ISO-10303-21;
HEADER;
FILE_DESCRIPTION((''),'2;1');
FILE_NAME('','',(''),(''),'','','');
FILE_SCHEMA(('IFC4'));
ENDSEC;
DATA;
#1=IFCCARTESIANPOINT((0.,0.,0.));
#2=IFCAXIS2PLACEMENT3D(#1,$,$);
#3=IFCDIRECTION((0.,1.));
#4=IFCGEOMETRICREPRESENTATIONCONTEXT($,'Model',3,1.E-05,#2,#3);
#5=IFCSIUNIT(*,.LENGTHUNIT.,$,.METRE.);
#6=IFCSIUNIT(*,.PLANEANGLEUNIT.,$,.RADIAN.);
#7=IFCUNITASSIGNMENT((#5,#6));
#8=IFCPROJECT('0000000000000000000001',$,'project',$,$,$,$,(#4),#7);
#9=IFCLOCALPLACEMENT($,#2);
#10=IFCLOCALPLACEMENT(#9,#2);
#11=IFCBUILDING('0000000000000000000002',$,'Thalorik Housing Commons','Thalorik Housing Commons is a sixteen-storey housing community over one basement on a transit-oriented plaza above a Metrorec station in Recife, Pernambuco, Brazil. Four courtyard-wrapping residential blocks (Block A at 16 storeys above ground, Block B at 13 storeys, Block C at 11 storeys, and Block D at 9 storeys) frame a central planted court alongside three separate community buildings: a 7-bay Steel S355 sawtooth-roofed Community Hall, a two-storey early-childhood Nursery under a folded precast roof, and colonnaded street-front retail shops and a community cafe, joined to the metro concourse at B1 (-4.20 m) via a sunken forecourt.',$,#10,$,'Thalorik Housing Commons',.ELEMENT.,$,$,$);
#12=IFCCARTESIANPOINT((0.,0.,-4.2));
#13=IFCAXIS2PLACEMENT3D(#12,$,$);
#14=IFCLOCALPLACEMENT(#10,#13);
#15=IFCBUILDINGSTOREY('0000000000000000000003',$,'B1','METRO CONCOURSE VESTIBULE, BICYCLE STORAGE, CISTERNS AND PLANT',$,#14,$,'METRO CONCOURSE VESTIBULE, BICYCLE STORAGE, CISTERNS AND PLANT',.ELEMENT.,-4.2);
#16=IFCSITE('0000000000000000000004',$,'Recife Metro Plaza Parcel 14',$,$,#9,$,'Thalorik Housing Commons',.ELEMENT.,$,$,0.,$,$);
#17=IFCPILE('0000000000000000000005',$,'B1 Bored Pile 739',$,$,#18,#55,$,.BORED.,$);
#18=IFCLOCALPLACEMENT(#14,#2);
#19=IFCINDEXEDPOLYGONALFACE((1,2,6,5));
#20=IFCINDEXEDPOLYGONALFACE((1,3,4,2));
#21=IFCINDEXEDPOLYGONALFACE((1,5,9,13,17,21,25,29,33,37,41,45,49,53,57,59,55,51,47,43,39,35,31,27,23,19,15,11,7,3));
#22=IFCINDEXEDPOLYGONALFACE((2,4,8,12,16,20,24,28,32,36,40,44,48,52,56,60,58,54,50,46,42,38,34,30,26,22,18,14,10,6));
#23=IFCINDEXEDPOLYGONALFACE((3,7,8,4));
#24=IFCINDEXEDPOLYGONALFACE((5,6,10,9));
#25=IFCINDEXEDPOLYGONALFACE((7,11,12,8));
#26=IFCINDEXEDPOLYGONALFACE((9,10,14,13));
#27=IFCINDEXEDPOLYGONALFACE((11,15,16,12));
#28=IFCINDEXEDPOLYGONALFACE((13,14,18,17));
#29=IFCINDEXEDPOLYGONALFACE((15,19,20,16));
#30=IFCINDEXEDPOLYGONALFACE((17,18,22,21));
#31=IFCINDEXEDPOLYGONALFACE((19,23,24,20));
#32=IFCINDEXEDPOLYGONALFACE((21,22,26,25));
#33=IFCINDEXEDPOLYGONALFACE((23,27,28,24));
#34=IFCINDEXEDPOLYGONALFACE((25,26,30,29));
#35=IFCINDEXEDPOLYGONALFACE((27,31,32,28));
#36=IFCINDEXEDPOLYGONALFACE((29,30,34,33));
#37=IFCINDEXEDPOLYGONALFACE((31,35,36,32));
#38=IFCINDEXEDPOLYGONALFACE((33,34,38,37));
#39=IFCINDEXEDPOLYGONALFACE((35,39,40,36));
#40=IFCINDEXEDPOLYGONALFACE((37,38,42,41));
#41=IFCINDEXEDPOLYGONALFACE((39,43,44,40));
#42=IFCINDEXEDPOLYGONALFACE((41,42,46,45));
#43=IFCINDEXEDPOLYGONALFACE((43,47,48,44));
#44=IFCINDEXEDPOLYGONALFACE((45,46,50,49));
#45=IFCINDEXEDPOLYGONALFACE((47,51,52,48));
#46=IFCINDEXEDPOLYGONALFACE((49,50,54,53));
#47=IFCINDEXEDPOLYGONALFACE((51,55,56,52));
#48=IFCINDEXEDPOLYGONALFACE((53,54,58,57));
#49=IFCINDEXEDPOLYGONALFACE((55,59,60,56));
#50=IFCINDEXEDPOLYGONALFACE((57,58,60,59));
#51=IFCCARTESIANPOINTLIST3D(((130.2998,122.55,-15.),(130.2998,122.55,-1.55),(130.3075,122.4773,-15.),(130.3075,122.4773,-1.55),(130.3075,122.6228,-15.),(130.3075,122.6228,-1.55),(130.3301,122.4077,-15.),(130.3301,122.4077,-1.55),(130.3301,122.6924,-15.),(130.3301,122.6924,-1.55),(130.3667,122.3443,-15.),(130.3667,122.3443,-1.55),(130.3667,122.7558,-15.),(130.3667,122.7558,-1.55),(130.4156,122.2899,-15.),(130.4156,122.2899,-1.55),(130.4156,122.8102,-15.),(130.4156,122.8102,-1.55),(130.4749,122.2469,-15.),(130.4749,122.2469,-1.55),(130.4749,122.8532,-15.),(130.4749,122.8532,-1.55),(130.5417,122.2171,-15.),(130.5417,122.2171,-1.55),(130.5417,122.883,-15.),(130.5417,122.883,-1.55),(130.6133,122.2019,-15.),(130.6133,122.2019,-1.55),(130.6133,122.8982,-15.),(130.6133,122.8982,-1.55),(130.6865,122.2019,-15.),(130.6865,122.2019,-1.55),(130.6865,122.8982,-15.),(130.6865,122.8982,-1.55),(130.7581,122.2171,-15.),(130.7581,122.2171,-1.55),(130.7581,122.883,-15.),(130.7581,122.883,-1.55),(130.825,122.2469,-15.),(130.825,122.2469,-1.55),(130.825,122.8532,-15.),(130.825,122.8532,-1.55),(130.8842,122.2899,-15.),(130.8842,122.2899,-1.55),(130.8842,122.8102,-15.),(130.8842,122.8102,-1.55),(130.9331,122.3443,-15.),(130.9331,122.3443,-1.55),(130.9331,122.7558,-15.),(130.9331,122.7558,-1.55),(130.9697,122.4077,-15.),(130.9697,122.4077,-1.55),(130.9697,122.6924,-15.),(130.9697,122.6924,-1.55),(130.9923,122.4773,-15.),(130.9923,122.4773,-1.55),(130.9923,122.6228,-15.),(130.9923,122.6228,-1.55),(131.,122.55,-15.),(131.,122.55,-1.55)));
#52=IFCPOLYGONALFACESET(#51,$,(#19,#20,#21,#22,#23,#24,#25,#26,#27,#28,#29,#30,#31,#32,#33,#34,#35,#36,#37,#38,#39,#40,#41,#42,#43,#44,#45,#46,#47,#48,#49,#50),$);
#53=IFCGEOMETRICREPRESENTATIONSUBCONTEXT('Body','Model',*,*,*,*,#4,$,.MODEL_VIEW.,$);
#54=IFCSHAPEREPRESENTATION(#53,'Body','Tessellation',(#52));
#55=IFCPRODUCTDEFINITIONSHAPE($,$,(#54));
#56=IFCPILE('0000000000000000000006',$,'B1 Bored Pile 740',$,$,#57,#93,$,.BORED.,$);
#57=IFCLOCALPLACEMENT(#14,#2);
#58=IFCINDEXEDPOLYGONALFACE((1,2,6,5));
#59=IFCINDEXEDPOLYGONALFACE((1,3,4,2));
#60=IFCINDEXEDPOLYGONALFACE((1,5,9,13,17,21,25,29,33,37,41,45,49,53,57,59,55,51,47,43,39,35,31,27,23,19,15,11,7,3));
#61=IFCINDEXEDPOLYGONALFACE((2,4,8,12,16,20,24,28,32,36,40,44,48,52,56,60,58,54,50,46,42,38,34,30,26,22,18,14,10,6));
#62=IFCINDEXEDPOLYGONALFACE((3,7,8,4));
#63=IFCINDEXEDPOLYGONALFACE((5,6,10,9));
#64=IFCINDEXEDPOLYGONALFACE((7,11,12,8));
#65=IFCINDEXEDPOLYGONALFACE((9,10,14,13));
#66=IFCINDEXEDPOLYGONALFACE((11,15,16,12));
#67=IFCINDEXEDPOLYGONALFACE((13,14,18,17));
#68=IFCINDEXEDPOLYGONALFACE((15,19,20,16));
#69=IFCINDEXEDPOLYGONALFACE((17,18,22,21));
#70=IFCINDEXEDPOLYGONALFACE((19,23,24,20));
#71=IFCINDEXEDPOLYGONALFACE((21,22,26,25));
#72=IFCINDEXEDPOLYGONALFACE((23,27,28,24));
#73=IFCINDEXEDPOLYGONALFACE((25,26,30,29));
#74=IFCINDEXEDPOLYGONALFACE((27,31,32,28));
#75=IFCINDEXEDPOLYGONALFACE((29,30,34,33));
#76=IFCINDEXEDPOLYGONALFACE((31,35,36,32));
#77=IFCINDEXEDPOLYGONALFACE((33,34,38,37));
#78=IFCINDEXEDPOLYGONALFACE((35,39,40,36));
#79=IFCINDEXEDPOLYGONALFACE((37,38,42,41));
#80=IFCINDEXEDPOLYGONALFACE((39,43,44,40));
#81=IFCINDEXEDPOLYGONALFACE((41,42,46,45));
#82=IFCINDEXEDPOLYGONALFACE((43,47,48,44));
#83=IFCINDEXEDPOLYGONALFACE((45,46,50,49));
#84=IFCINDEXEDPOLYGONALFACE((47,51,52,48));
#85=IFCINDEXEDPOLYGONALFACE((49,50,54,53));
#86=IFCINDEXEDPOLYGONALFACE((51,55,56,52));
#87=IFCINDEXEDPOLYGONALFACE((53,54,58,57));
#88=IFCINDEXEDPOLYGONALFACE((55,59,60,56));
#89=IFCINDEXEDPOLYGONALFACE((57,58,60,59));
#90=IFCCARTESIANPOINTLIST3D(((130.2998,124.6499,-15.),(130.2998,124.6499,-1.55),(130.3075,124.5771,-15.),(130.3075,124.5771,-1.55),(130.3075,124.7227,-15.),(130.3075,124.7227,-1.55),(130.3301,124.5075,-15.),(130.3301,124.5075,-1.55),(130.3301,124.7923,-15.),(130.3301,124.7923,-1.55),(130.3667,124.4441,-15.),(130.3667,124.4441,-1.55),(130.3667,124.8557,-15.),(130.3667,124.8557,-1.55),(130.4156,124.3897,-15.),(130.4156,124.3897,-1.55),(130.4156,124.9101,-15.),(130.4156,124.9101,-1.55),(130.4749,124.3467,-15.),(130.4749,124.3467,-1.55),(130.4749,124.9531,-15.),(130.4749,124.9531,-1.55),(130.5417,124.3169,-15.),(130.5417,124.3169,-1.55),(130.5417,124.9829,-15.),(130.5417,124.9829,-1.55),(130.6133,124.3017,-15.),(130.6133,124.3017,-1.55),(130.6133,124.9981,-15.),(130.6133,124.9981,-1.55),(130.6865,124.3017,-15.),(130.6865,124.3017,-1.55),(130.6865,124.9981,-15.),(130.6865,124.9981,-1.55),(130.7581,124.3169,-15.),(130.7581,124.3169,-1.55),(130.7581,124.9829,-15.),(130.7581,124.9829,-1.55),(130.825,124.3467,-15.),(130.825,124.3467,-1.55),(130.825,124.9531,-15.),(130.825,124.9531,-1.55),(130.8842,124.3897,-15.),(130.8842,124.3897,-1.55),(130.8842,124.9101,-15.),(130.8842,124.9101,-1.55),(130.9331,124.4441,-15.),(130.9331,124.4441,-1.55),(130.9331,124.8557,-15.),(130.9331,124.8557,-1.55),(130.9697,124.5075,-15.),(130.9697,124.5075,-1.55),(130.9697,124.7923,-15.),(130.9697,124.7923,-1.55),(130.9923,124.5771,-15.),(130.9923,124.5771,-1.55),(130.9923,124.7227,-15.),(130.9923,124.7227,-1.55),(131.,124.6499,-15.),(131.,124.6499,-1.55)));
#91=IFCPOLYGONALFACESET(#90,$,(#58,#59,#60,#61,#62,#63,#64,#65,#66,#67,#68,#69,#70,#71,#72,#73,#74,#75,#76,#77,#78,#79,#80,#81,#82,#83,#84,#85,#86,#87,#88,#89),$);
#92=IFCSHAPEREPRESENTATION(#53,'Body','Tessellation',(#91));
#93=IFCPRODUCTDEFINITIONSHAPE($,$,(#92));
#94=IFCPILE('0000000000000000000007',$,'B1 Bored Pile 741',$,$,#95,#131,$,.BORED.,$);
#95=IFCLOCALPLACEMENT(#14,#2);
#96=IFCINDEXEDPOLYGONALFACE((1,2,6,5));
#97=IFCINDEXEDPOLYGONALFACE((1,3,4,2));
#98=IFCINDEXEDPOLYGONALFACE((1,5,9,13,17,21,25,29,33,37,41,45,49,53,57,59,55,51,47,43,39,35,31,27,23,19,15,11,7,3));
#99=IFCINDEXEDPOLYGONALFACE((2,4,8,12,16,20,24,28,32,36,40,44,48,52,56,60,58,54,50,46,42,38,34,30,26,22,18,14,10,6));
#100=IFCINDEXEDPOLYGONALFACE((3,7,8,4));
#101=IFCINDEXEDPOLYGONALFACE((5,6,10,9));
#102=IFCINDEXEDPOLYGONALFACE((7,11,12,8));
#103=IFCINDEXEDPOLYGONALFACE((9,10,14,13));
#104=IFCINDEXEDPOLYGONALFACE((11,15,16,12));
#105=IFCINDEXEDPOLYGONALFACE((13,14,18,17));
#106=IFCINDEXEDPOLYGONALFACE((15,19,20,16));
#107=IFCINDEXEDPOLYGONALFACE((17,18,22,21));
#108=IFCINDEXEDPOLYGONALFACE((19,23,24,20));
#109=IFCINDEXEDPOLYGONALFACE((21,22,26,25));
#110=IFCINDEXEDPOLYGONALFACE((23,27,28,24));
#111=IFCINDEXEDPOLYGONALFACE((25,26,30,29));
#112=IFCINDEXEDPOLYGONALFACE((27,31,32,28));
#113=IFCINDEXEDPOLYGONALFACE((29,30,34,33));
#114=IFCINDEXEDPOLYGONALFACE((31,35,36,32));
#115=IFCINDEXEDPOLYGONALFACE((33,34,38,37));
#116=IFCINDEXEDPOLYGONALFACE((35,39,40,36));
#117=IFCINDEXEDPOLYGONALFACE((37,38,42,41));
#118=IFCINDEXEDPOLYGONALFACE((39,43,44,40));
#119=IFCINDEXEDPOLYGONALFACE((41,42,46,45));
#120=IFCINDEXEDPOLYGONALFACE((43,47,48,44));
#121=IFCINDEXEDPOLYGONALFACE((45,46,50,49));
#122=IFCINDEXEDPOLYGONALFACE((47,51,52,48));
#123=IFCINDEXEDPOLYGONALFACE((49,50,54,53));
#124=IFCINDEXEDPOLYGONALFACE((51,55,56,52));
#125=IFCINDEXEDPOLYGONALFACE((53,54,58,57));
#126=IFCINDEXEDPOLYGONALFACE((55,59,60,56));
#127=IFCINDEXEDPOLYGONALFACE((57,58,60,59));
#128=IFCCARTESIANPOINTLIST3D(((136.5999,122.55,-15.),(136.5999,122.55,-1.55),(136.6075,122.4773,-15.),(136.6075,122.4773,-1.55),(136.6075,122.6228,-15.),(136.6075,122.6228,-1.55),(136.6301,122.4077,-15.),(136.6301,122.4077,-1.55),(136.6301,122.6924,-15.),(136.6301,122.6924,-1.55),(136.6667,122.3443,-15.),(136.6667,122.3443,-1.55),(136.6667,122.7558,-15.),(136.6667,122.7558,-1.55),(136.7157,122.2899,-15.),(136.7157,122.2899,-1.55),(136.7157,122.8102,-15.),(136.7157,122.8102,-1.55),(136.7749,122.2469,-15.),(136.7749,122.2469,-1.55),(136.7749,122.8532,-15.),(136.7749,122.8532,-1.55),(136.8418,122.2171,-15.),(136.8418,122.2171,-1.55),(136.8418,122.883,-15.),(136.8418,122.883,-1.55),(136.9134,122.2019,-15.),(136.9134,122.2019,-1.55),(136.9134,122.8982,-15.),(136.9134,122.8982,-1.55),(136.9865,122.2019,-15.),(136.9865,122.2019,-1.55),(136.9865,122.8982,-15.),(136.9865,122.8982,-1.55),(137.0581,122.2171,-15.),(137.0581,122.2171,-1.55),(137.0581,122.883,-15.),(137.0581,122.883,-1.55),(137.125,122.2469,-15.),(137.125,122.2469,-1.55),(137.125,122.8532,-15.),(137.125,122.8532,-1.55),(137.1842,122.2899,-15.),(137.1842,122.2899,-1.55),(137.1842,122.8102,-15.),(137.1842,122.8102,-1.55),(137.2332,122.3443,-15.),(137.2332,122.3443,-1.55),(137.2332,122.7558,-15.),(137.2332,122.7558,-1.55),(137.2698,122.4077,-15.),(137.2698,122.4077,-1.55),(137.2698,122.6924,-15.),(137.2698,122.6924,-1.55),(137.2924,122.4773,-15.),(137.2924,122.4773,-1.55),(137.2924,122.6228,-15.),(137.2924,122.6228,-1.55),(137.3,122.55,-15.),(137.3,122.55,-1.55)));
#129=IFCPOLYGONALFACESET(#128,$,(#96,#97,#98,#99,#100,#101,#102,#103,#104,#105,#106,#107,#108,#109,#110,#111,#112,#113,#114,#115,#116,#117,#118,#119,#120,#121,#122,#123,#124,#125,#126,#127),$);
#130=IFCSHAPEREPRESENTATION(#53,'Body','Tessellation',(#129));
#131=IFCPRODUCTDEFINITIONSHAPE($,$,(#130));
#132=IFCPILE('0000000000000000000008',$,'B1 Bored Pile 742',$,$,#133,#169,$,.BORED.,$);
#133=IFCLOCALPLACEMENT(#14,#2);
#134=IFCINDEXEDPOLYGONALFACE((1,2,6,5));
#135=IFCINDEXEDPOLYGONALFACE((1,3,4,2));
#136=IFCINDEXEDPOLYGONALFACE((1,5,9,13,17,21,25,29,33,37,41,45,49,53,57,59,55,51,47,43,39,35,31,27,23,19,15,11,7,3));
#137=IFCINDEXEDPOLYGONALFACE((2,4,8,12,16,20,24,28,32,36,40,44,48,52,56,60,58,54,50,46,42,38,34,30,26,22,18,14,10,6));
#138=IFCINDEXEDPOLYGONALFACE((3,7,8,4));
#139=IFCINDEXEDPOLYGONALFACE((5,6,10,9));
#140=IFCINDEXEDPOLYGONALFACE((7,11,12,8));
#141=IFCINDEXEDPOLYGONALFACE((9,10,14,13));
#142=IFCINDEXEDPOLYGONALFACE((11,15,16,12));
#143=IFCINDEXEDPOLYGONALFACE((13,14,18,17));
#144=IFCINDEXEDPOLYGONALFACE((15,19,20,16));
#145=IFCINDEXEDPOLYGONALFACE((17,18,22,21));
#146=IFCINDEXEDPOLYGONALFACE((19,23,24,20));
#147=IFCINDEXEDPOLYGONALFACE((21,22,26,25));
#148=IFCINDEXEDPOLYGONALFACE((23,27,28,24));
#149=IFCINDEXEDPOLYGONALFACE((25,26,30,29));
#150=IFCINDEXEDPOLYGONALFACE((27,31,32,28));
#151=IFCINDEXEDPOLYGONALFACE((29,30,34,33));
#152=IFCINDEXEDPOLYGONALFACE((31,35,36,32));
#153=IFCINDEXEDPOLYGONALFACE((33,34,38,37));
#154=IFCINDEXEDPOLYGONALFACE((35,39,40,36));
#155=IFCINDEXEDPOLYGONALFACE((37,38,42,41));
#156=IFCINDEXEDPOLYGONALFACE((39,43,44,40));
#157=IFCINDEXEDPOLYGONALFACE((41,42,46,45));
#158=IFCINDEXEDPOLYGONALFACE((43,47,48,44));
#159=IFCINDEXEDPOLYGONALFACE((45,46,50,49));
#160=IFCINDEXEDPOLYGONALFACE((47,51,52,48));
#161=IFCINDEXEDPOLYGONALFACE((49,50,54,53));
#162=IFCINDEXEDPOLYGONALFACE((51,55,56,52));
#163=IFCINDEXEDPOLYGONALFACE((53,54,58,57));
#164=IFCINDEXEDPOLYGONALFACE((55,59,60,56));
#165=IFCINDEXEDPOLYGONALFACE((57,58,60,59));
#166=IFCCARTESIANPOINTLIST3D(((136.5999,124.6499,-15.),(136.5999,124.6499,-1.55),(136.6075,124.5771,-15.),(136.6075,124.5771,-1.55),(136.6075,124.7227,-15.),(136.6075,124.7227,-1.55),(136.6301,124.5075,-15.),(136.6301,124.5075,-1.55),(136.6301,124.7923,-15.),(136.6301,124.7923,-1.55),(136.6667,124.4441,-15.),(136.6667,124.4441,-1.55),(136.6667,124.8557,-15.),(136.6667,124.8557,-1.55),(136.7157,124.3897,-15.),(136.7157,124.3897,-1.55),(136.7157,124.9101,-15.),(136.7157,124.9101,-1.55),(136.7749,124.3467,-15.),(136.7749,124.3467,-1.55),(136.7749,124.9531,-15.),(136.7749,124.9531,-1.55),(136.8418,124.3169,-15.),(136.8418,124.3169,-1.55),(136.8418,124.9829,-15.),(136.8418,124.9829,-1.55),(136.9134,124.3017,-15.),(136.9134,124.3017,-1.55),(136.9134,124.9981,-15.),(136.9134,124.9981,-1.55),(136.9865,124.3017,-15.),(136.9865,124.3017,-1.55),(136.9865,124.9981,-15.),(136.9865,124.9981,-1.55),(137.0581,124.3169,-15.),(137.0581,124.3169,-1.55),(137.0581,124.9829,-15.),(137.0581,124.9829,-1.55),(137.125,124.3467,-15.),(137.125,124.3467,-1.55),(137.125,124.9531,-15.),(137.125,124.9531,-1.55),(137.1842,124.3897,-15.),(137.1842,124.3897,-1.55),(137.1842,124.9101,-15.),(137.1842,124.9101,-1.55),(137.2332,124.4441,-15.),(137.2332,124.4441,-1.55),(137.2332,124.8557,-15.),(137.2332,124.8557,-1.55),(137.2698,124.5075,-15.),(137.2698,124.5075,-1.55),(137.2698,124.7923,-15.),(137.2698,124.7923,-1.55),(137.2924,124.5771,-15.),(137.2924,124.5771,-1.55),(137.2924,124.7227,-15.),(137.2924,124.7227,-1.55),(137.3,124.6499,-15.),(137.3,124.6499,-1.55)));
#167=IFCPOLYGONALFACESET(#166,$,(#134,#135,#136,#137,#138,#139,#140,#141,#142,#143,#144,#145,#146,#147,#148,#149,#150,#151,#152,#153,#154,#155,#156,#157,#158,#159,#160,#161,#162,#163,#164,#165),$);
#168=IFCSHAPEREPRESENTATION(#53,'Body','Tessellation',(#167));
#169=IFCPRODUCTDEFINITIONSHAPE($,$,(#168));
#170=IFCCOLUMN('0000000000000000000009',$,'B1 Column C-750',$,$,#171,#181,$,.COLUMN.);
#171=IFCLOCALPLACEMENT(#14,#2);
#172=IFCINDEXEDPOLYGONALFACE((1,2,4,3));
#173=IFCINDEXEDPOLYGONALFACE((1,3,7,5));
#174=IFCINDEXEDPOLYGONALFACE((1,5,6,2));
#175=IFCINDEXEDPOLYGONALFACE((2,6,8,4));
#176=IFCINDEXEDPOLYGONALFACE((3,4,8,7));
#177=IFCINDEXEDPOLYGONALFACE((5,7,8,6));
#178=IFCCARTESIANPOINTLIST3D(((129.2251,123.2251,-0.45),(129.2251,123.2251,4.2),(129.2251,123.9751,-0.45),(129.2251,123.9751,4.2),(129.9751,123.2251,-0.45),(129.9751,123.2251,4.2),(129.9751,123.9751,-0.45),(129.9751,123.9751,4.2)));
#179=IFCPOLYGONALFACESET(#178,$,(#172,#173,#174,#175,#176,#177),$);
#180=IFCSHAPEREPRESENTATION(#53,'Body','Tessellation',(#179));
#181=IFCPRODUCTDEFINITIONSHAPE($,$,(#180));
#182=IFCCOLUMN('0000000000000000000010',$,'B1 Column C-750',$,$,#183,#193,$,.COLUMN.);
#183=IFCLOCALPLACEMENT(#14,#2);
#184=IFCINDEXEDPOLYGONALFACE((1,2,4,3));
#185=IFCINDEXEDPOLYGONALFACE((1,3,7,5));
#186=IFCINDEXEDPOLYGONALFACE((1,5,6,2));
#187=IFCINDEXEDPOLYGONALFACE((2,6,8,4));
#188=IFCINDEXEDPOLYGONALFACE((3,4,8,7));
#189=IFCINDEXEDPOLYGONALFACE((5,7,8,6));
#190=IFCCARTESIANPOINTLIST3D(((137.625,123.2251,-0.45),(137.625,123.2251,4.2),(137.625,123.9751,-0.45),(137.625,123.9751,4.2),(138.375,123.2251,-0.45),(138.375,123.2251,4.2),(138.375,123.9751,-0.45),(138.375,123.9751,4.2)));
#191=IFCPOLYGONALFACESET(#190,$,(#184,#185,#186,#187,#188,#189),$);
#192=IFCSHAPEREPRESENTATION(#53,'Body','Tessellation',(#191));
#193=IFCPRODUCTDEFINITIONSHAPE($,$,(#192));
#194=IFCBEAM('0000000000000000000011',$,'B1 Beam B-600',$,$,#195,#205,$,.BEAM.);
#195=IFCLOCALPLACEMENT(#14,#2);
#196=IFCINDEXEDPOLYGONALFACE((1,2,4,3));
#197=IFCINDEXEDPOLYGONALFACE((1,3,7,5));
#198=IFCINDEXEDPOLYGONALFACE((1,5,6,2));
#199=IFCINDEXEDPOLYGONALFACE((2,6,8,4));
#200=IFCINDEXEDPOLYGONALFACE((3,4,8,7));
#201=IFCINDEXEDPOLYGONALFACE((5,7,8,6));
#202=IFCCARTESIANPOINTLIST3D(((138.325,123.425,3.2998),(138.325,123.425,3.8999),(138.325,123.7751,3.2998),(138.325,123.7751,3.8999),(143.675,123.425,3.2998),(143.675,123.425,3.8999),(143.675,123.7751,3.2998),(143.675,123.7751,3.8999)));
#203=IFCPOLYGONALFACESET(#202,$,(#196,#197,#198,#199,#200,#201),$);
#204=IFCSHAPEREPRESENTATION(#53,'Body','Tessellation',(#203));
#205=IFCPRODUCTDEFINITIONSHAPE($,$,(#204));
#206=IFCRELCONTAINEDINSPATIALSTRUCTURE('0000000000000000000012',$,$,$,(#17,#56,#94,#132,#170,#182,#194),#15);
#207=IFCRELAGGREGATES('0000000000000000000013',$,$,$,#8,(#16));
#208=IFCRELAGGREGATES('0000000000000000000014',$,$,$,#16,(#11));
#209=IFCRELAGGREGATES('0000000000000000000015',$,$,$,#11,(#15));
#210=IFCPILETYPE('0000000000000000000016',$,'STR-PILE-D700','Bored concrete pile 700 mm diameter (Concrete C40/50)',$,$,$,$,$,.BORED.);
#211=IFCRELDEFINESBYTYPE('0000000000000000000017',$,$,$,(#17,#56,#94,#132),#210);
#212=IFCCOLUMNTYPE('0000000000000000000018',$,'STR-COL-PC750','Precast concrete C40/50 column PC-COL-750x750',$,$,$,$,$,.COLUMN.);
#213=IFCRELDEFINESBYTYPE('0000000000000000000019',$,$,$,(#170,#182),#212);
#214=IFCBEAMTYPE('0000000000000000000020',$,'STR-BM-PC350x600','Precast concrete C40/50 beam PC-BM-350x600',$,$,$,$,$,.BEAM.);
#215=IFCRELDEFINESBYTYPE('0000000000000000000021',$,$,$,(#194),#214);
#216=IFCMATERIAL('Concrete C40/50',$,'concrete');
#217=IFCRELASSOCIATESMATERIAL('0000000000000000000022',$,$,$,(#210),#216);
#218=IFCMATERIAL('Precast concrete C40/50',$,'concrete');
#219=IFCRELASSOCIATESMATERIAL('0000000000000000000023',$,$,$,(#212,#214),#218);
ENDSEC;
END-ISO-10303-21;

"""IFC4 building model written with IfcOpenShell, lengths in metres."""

from ifc_helpers import new_model, si_unit, direction, frame, origin, origin_2d, place, context, subcontext, project, spatial, rectangle, circle, extrude, material, material_profile, profile_set, type_object, element, save


model = new_model("IFC4")

# Units and contexts
model_context = context("Model", 3, precision=1e-05, world=origin(), true_north=direction((0.0, 1.0)))
body_context = subcontext(model_context, "Body", "Model", "MODEL_VIEW")
ifc_project = project(units=[si_unit("LENGTHUNIT", "METRE"), si_unit("PLANEANGLEUNIT", "RADIAN")], contexts=[model_context])

# Site, building, storey
site_placement = place(None, origin())
site = spatial("IfcSite", under=ifc_project, at=site_placement, Name="Recife Metro Plaza Parcel 14", LongName="Thalorik Housing Commons", CompositionType="ELEMENT", RefElevation=0.0)
building_placement = place(site_placement, origin())
building = spatial("IfcBuilding", under=site, at=building_placement, Name="Thalorik Housing Commons", Description="Thalorik Housing Commons is a sixteen-storey housing community over one basement on a transit-oriented plaza above a Metrorec station in Recife, Pernambuco, Brazil. Four courtyard-wrapping residential blocks (Block A at 16 storeys above ground, Block B at 13 storeys, Block C at 11 storeys, and Block D at 9 storeys) frame a central planted court alongside three separate community buildings: a 7-bay Steel S355 sawtooth-roofed Community Hall, a two-storey early-childhood Nursery under a folded precast roof, and colonnaded street-front retail shops and a community cafe, joined to the metro concourse at B1 (-4.20 m) via a sunken forecourt.", LongName="Thalorik Housing Commons", CompositionType="ELEMENT")
storey_placement = place(building_placement, frame((0.0, 0.0, -4.2)))
storey = spatial("IfcBuildingStorey", under=building, at=storey_placement, Name="B1", Description="METRO CONCOURSE VESTIBULE, BICYCLE STORAGE, CISTERNS AND PLANT", LongName="METRO CONCOURSE VESTIBULE, BICYCLE STORAGE, CISTERNS AND PLANT", CompositionType="ELEMENT", Elevation=-4.2)

# Shared definitions
ifc_material_1 = material(Name="Concrete C40/50", Category="concrete")

# Piles
ifc_material_profile_1 = material_profile(ifc_material_1, circle(Radius=0.3501, at=origin_2d()), Name="BORED PILE D700", Category="concrete")
ifc_profile_set_1 = profile_set([ifc_material_profile_1], Name="Concrete C40/50")
pile_type = type_object("IfcPileType", Name="STR-PILE-D700", Description="Bored concrete pile 700 mm diameter (Concrete C40/50)", PredefinedType="BORED", material=ifc_profile_set_1)
for number, where, z_axis, x_axis, name in (
    (1, (130.6499, 122.55, -1.55), (0.0, 0.0, -1.0), (1.0, 0.0, 0.0), "B1 Bored Pile 739"),
    (2, (130.6499, 124.6499, -1.55), (0.0, 0.0, -1.0), (1.0, 0.0, 0.0), "B1 Bored Pile 740"),
    (3, (136.95, 122.55, -1.55), (0.0, 0.0, -1.0), (1.0, 0.0, 0.0), "B1 Bored Pile 741"),
    (4, (136.95, 124.6499, -1.55), (0.0, 0.0, -1.0), (1.0, 0.0, 0.0), "B1 Bored Pile 742"),
):
    element("IfcPile", number, at=place(storey_placement, frame(where, z_axis=z_axis, x_axis=x_axis)), inside=storey, type_object=pile_type, Name=name, PredefinedType="BORED", context=body_context, shape_type="SweptSolid", body=[
        extrude(circle(Radius=0.3501, at=origin_2d()), origin(), (0.0, 0.0, 1.0), 13.45),
    ])

# Columns
ifc_material_2 = material(Name="Precast concrete C40/50", Category="concrete")
ifc_material_profile_2 = material_profile(ifc_material_2, rectangle(XDim=0.75, YDim=0.75, at=origin_2d()), Name="PC 750x750", Category="concrete")
ifc_profile_set_2 = profile_set([ifc_material_profile_2], Name="Precast concrete C40/50")
column_type = type_object("IfcColumnType", Name="STR-COL-PC750", Description="Precast concrete C40/50 column PC-COL-750x750", PredefinedType="COLUMN", material=ifc_profile_set_2)
for number, where, z_axis, x_axis, name in (
    (5, (129.6001, 123.6001, -0.45), (0.0, 0.0, 1.0), (1.0, 0.0, 0.0), "B1 Column C-750"),
    (6, (138.0, 123.6001, -0.45), (0.0, 0.0, 1.0), (1.0, 0.0, 0.0), "B1 Column C-750"),
):
    element("IfcColumn", number, at=place(storey_placement, frame(where, z_axis=z_axis, x_axis=x_axis)), inside=storey, type_object=column_type, Name=name, PredefinedType="COLUMN", context=body_context, shape_type="SweptSolid", body=[
        extrude(rectangle(XDim=0.75, YDim=0.75, at=origin_2d()), origin(), (0.0, 0.0, 1.0), 4.6499),
    ])

# Beam
ifc_material_profile_3 = material_profile(ifc_material_2, rectangle(XDim=0.3501, YDim=0.6001, at=origin_2d()), Name="PC 350x600", Category="concrete")
ifc_profile_set_3 = profile_set([ifc_material_profile_3], Name="Precast concrete C40/50")
beam_type_1 = type_object("IfcBeamType", Name="STR-BM-PC350x600", Description="Precast concrete C40/50 beam PC-BM-350x600", PredefinedType="BEAM", material=ifc_profile_set_3)
beam_placement = place(storey_placement, frame((138.325, 123.6001, 3.5999), z_axis=(1.0, 0.0, 0.0), x_axis=(0.0, 1.0, 0.0)))
element("IfcBeam", 7, at=beam_placement, inside=storey, type_object=beam_type_1, Name="B1 Beam B-600", PredefinedType="BEAM", context=body_context, shape_type="SweptSolid", body=[
    extrude(rectangle(XDim=0.3501, YDim=0.6001, at=origin_2d()), origin(), (0.0, 0.0, 1.0), 5.3501),
])

save(model, "model.ifc")
